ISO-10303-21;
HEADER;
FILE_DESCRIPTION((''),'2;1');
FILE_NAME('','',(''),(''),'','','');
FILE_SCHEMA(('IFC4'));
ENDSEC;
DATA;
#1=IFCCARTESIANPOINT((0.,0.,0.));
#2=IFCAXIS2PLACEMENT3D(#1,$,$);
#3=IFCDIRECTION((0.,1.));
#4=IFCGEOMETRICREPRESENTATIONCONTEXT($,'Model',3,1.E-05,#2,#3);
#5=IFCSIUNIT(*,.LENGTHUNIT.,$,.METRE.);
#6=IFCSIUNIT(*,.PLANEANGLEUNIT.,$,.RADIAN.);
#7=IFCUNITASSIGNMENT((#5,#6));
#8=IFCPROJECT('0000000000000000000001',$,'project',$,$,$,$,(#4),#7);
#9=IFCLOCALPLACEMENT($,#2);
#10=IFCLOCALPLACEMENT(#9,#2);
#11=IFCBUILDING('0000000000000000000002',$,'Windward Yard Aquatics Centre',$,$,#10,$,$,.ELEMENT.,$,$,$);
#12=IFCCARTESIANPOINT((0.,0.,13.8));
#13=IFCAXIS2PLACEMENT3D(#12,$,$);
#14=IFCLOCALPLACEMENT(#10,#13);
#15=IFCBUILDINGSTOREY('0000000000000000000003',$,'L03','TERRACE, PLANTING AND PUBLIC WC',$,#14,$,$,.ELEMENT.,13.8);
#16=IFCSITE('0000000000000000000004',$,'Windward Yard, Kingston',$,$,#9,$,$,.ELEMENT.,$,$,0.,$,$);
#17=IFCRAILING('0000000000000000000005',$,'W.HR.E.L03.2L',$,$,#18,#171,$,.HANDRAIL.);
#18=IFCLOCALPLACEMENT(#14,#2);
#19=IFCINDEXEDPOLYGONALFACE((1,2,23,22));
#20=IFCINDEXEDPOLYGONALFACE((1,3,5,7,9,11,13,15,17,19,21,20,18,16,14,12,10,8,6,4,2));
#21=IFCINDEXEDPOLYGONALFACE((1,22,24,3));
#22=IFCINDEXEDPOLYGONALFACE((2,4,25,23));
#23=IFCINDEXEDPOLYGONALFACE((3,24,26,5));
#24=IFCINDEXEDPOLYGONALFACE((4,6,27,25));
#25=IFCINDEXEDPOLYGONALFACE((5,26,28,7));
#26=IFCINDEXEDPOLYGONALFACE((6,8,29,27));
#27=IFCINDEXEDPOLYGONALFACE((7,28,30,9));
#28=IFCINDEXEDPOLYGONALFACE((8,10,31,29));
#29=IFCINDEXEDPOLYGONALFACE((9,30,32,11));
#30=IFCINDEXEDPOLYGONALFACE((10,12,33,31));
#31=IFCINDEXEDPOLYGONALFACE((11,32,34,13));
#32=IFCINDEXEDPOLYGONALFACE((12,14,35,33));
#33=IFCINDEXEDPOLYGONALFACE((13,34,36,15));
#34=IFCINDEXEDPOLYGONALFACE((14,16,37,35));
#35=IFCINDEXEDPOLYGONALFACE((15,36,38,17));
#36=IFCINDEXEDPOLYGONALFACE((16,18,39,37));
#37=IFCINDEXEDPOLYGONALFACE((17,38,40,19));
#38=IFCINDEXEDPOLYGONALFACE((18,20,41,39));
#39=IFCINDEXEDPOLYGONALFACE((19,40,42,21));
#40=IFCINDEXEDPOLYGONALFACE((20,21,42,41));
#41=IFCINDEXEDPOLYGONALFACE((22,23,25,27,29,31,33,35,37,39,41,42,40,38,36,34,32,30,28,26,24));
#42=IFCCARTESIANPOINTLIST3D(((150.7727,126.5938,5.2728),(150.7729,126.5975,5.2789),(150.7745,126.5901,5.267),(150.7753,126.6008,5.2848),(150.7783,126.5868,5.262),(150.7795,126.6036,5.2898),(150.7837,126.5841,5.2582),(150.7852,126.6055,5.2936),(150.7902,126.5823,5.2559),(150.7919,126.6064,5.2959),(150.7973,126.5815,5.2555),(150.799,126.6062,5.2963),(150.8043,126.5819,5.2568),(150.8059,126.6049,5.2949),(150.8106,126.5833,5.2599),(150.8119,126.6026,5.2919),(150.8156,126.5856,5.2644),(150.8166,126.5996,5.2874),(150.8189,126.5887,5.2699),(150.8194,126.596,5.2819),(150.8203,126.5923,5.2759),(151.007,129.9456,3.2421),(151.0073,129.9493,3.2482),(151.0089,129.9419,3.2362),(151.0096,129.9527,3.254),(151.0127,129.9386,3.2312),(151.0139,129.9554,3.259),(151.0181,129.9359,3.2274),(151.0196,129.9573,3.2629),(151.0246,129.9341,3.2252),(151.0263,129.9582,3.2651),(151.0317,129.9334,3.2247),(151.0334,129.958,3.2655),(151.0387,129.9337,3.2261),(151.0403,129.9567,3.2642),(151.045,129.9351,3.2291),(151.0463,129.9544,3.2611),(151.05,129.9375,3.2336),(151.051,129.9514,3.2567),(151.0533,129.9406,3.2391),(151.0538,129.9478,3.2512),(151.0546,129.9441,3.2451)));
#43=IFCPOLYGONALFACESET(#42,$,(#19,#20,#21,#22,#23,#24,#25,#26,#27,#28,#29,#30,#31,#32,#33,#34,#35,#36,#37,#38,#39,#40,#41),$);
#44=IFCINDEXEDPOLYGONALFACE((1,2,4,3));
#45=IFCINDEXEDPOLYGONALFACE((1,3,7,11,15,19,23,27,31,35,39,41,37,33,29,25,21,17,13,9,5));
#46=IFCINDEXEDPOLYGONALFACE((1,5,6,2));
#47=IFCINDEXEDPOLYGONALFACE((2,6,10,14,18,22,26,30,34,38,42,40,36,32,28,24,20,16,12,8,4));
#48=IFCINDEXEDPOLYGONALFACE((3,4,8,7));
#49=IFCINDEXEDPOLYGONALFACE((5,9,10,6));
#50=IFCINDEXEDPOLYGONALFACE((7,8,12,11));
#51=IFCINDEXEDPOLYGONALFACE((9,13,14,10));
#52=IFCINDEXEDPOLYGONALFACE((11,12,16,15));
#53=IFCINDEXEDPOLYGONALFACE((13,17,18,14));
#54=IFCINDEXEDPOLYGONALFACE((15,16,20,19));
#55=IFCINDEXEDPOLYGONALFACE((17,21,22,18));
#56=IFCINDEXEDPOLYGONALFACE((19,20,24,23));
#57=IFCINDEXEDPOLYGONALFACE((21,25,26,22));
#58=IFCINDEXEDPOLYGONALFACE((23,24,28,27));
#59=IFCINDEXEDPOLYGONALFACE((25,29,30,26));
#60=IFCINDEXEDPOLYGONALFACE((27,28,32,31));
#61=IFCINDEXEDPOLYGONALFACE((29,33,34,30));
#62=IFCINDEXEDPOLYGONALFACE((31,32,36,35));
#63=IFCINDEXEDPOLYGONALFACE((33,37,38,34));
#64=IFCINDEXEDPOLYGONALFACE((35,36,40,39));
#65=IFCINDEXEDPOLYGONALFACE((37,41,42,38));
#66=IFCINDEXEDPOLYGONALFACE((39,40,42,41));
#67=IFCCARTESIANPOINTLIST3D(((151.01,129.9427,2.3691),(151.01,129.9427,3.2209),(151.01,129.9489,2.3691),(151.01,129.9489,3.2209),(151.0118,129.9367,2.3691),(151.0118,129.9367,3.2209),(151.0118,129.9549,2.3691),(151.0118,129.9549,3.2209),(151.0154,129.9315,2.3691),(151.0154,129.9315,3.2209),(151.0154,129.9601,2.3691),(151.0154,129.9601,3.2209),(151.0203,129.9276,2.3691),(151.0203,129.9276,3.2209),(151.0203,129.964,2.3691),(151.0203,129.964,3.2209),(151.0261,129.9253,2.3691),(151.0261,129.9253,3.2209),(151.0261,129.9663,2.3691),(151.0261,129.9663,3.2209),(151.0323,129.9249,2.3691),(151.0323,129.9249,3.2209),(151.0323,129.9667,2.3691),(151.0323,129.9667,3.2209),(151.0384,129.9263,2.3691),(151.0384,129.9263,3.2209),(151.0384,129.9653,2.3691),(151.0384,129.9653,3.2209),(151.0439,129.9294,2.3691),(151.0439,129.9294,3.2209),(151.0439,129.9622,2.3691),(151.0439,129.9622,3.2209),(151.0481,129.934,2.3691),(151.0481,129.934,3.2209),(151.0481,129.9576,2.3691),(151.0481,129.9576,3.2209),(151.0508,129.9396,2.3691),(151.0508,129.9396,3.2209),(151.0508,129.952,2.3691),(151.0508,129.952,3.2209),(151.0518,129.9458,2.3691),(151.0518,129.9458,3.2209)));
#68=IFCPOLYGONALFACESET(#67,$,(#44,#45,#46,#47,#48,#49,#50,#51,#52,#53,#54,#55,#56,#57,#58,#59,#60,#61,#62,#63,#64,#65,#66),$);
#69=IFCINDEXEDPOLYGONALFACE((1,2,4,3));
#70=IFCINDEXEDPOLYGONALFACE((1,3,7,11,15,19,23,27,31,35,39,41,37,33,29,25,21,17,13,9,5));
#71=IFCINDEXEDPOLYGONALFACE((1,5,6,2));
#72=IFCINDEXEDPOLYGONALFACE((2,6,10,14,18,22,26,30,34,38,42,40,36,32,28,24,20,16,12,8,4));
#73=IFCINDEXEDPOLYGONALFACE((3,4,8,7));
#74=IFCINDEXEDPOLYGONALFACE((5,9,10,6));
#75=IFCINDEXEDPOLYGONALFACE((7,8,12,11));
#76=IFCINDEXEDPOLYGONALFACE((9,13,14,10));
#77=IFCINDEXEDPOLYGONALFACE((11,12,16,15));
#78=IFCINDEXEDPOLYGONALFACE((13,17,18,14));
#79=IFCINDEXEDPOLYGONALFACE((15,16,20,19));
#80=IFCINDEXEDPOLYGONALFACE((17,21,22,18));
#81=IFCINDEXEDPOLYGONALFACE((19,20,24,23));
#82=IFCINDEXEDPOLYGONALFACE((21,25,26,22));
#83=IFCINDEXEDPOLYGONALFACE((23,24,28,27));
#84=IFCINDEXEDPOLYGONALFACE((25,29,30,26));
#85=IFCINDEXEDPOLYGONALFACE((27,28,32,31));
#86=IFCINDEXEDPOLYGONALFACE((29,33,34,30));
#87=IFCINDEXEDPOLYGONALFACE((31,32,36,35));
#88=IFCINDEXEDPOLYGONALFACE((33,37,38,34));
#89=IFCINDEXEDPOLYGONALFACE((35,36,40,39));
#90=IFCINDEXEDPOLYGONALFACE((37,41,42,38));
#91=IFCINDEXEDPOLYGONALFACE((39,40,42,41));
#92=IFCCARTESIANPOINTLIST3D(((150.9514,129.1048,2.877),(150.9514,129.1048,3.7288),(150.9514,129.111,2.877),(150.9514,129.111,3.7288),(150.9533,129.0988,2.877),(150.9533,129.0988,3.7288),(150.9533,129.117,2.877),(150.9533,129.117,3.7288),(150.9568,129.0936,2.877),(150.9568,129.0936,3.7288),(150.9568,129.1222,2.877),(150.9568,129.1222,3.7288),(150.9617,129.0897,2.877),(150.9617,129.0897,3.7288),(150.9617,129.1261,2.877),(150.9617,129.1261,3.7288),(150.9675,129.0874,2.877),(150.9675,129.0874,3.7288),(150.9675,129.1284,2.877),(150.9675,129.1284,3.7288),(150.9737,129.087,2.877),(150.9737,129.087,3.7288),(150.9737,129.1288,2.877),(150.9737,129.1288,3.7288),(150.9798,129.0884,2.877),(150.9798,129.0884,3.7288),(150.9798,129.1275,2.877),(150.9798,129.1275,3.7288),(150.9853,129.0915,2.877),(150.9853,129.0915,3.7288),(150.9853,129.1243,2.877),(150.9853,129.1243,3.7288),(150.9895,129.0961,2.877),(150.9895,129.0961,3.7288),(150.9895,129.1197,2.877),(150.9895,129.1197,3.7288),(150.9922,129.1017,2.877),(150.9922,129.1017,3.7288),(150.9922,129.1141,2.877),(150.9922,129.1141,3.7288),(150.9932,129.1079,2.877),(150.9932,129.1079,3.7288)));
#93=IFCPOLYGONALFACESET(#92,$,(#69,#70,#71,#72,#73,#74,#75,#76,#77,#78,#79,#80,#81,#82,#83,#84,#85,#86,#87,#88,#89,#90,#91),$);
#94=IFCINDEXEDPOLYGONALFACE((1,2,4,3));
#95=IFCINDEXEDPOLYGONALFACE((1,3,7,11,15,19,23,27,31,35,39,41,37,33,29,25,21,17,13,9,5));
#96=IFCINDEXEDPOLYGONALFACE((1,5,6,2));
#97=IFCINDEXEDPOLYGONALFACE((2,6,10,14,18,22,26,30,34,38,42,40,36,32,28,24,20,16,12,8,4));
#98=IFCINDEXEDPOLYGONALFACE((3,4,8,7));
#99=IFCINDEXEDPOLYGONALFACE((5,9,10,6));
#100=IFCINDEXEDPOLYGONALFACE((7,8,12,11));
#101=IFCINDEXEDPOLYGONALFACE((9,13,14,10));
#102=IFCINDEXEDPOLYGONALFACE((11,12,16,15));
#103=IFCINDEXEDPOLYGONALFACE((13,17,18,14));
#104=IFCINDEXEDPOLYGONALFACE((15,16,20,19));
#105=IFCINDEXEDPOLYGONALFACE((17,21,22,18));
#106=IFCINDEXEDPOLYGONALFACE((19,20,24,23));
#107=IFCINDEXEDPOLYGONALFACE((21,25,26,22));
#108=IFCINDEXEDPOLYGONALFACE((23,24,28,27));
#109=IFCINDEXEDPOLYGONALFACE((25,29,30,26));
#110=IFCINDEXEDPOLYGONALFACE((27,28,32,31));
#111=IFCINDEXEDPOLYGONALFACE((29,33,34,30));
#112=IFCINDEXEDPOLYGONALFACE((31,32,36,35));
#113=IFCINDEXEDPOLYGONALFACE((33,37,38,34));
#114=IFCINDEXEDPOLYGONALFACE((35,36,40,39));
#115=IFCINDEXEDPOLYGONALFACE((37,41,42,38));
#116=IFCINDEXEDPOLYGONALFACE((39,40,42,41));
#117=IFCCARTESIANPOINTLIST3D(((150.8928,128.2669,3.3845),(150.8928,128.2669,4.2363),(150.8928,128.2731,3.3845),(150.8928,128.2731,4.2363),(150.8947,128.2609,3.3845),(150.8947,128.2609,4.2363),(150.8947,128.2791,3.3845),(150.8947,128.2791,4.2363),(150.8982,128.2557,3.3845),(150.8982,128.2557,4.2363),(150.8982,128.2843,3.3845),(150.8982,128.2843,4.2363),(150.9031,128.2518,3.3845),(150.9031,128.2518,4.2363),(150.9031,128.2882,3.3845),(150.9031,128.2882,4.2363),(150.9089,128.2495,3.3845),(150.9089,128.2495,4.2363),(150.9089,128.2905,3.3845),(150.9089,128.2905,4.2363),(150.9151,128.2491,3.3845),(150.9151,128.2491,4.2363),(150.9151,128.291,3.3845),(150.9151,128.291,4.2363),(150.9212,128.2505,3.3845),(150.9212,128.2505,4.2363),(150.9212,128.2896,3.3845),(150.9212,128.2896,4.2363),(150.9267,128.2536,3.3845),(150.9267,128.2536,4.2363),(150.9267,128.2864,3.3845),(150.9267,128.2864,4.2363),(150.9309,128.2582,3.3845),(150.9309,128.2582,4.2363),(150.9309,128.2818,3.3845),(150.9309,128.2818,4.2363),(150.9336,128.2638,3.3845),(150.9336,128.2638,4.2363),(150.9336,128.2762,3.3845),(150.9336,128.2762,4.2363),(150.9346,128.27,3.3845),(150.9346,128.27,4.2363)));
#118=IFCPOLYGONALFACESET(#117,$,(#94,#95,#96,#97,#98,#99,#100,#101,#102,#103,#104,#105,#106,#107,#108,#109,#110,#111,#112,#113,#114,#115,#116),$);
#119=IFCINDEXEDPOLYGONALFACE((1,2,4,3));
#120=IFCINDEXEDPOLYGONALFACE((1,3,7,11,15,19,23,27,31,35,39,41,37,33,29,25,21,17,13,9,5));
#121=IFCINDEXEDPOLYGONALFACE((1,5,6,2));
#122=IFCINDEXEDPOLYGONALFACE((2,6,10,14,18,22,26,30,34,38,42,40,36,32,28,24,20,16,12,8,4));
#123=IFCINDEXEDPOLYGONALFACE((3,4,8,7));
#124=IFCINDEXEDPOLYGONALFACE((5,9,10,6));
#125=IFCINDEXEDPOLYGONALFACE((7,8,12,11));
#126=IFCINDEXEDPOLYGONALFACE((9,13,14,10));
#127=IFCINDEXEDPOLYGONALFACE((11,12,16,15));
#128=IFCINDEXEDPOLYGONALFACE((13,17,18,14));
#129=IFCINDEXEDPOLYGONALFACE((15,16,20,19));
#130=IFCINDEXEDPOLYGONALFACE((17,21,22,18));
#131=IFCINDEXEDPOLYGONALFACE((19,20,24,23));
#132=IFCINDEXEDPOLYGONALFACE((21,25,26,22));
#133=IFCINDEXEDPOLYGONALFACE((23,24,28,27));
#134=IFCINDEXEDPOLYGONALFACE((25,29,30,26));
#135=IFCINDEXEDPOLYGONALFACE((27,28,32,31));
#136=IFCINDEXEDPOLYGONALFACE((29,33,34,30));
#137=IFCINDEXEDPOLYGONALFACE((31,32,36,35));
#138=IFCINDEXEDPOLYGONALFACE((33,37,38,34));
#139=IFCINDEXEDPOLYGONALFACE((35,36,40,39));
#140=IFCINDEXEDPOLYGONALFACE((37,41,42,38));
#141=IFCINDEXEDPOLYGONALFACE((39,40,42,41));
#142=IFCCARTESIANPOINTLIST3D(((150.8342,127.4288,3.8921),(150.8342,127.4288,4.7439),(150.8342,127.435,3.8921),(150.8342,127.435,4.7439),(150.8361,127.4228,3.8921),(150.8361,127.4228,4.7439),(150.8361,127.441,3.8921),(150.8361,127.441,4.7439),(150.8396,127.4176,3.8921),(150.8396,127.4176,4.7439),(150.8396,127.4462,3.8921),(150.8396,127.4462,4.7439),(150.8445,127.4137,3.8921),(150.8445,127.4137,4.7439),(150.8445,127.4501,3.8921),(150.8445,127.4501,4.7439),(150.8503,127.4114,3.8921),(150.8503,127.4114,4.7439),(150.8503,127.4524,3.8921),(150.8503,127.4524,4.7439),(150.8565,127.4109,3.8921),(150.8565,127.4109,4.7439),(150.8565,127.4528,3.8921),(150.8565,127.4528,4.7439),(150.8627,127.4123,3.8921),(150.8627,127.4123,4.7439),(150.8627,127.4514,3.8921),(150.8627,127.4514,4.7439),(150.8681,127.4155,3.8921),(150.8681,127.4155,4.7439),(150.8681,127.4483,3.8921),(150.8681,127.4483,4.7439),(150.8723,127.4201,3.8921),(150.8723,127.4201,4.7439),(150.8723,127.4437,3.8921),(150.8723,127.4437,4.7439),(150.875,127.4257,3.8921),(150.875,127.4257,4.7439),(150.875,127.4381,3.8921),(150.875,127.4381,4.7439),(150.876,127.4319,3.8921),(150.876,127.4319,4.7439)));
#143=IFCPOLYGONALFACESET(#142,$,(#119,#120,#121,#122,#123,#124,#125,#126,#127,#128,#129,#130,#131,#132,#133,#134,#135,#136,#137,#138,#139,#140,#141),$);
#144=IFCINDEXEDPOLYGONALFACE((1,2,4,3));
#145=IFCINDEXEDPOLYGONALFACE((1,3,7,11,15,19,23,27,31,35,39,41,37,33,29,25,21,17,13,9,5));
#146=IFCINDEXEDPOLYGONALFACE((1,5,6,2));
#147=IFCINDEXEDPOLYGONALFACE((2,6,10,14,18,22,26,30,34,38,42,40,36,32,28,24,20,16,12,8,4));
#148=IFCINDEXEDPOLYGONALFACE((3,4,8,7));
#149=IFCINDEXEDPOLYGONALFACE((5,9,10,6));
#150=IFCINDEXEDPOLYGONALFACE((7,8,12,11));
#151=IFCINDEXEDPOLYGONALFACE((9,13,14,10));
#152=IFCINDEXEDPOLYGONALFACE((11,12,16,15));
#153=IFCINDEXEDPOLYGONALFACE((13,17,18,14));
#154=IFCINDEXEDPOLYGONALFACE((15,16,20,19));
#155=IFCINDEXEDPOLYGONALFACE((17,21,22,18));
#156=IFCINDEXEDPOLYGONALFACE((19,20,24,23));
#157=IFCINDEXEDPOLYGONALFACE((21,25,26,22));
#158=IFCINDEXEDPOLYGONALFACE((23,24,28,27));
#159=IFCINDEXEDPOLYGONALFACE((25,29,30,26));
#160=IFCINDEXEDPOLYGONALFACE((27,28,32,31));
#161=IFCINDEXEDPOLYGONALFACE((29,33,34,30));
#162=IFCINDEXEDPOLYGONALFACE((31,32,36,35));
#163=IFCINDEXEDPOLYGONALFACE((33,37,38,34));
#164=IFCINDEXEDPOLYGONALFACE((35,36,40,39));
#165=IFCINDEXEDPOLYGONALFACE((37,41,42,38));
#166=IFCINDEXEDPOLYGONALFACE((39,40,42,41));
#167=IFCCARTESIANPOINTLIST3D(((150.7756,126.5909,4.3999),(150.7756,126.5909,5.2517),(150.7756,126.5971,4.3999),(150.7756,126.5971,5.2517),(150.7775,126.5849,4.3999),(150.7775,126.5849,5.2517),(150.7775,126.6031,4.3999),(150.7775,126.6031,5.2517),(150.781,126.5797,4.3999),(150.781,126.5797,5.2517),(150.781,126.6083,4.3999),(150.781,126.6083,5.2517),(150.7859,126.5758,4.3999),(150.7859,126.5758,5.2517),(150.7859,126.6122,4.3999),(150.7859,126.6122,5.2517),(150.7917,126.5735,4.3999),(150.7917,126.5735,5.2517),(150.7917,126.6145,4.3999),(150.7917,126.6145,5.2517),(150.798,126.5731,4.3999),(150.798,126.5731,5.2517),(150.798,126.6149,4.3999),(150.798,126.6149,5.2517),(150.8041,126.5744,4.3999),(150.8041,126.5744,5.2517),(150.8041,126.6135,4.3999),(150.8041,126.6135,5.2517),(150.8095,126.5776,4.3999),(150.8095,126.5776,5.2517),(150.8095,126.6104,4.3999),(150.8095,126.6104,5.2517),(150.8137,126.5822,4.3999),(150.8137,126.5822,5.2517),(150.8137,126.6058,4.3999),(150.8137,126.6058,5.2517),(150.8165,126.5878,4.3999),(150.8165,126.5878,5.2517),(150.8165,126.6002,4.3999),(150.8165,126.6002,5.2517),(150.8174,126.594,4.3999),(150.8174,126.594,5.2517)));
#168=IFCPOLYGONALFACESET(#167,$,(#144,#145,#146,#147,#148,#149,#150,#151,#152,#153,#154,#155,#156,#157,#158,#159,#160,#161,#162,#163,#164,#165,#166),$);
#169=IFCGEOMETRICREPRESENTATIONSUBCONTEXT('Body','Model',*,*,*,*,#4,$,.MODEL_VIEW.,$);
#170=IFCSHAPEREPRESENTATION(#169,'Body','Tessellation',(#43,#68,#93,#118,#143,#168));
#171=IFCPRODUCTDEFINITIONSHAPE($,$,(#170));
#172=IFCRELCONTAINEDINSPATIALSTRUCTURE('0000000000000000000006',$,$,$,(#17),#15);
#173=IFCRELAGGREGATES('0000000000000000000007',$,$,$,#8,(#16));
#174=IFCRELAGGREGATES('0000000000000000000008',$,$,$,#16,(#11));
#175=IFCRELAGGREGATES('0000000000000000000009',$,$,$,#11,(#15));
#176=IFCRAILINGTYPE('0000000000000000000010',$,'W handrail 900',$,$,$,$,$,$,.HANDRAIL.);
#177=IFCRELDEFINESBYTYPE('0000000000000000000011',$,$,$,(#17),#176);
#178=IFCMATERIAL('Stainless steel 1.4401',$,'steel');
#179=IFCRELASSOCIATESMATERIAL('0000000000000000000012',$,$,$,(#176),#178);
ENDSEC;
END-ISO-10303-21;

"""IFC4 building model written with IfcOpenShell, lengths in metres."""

from ifc_helpers import new_model, si_unit, direction, frame, origin, origin_2d, place, context, subcontext, project, spatial, circle, extrude, material, type_object, element, save


model = new_model("IFC4")

# Units and contexts
model_context = context("Model", 3, precision=1e-05, world=origin(), true_north=direction((0.0, 1.0)))
body_context = subcontext(model_context, "Body", "Model", "MODEL_VIEW")
ifc_project = project(units=[si_unit("LENGTHUNIT", "METRE"), si_unit("PLANEANGLEUNIT", "RADIAN")], contexts=[model_context])

# Site, building, storey
site_placement = place(None, origin())
site = spatial("IfcSite", under=ifc_project, at=site_placement, Name="Windward Yard, Kingston", CompositionType="ELEMENT", RefElevation=0.0)
building_placement = place(site_placement, origin())
building = spatial("IfcBuilding", under=site, at=building_placement, Name="Windward Yard Aquatics Centre", CompositionType="ELEMENT")
storey_placement = place(building_placement, frame((0.0, 0.0, 13.8)))
storey = spatial("IfcBuildingStorey", under=building, at=storey_placement, Name="L03", Description="TERRACE, PLANTING AND PUBLIC WC", CompositionType="ELEMENT", Elevation=13.8)

# Railing
ifc_material_1 = material(Name="Stainless steel 1.4401", Category="steel")
railing_type_1 = type_object("IfcRailingType", Name="W handrail 900", PredefinedType="HANDRAIL", material=ifc_material_1)
for number, where, name in (
    (1, (151.0308, 129.9458, 2.3691), "W.HR.E.L03.2L"),
):
    element("IfcRailing", number, at=place(storey_placement, frame(where)), inside=storey, type_object=railing_type_1, Name=name, PredefinedType="HANDRAIL", context=body_context, shape_type="SweptSolid", body=[
        extrude(circle(Radius=0.0239, at=origin_2d()), frame((0.0, 0.0, 0.876), z_axis=(-0.059698, -0.853744, 0.517259), x_axis=(0.997564, -0.069755, 0.0)), (0.0, 0.0, 1.0), 3.926),
        extrude(circle(Radius=0.021, at=origin_2d()), origin(), (0.0, 0.0, 1.0), 0.8518),
        extrude(circle(Radius=0.021, at=origin_2d()), frame((-0.0586, -0.8379, 0.5078)), (0.0, 0.0, 1.0), 0.8518),
        extrude(circle(Radius=0.021, at=origin_2d()), frame((-0.1172, -1.6758, 1.0154)), (0.0, 0.0, 1.0), 0.8518),
        extrude(circle(Radius=0.021, at=origin_2d()), frame((-0.1758, -2.5139, 1.5229)), (0.0, 0.0, 1.0), 0.8518),
        extrude(circle(Radius=0.021, at=origin_2d()), frame((-0.2344, -3.3518, 2.0308)), (0.0, 0.0, 1.0), 0.8518),
    ])

save(model, "model.ifc")
